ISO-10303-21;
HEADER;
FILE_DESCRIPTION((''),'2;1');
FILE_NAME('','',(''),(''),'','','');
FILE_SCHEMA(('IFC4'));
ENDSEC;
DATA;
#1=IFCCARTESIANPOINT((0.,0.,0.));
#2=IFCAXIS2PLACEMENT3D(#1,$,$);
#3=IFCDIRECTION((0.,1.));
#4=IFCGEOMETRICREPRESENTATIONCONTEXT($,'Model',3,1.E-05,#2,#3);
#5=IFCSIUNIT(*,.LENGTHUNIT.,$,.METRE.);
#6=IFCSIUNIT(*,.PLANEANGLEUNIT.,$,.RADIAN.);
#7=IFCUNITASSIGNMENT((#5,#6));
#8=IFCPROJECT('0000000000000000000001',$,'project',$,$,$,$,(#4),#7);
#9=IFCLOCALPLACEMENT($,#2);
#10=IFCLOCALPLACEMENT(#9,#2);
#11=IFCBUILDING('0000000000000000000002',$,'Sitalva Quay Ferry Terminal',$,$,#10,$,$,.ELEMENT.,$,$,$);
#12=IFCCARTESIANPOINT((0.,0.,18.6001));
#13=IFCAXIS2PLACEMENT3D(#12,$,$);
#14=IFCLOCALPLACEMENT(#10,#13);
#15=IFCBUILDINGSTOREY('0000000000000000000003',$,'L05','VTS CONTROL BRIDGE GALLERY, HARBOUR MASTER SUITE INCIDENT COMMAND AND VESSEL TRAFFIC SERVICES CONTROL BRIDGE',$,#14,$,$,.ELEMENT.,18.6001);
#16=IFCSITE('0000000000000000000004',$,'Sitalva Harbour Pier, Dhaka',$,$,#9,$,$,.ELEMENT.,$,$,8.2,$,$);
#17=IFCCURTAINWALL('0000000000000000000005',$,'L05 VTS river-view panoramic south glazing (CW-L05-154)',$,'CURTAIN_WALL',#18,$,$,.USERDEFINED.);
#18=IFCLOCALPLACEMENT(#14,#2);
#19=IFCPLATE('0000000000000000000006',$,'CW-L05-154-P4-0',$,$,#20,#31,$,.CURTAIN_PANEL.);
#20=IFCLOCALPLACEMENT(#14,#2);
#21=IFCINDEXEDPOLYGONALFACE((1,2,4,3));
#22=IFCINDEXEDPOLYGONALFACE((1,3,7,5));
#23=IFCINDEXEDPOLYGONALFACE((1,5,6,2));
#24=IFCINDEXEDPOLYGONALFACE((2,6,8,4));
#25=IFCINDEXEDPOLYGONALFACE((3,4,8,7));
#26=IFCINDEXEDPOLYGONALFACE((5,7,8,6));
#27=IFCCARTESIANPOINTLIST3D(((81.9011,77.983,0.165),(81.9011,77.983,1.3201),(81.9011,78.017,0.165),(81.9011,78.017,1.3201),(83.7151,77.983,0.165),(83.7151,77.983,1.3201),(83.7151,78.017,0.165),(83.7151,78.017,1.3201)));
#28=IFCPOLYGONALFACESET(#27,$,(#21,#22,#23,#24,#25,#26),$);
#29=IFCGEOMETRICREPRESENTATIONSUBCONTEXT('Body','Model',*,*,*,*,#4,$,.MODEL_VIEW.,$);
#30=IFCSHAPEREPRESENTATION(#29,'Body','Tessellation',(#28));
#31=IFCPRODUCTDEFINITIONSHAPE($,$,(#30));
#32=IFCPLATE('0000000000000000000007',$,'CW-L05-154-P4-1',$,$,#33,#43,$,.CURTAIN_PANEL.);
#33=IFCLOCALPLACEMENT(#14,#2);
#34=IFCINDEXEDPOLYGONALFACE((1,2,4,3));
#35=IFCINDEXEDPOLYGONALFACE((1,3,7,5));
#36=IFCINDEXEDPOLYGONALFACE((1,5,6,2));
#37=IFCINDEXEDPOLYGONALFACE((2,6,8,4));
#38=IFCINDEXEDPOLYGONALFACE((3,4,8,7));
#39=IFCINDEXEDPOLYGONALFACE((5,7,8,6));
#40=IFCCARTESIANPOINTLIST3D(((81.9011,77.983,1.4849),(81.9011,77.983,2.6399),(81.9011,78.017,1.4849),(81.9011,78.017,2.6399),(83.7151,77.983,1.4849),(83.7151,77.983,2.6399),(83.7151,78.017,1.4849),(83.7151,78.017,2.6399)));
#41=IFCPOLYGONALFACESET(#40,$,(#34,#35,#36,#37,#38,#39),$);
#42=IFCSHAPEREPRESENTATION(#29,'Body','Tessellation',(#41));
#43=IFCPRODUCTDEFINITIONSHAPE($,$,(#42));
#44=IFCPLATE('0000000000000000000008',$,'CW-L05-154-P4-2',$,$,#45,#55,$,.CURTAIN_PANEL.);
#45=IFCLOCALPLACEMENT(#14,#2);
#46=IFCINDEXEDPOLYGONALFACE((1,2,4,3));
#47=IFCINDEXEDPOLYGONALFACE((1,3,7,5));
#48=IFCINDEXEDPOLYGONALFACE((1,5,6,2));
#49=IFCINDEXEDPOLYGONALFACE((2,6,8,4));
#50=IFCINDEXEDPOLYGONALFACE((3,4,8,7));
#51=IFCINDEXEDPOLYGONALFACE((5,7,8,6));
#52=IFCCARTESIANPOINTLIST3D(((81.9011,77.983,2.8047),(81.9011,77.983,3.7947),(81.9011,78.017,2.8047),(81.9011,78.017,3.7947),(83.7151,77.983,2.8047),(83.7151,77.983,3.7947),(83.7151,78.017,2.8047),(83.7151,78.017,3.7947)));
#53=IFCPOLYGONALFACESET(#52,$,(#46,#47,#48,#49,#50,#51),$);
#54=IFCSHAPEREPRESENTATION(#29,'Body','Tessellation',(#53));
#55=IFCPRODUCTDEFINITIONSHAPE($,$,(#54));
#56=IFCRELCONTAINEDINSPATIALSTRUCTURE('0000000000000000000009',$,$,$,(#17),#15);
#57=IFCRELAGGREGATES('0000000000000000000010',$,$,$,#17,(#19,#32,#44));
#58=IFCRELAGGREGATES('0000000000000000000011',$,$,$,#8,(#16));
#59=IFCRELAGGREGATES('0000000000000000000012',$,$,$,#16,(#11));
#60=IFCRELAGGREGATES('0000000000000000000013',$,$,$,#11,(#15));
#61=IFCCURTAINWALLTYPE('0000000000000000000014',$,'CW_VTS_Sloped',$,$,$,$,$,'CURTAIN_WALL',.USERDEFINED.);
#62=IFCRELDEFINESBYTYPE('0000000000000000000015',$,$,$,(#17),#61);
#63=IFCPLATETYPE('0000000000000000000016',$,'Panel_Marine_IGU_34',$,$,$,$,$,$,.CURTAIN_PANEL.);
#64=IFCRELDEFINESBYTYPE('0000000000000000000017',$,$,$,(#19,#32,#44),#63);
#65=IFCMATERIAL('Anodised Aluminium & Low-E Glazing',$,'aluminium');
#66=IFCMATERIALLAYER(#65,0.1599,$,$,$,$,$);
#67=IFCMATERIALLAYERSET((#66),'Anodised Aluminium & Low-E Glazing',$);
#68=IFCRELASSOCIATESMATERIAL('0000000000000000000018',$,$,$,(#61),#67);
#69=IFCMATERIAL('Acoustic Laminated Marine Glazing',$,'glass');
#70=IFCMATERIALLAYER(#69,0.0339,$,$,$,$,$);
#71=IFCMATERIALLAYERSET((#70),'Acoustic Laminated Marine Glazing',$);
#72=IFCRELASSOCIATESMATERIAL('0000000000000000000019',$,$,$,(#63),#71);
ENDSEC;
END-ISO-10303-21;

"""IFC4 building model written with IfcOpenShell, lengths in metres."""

from ifc_helpers import new_model, si_unit, direction, frame, origin, origin_2d, place, context, subcontext, project, spatial, rectangle, extrude, material, layer, layer_set, type_object, element, aggregate, save


model = new_model("IFC4")

# Units and contexts
model_context = context("Model", 3, precision=1e-05, world=origin(), true_north=direction((0.0, 1.0)))
body_context = subcontext(model_context, "Body", "Model", "MODEL_VIEW")
ifc_project = project(units=[si_unit("LENGTHUNIT", "METRE"), si_unit("PLANEANGLEUNIT", "RADIAN")], contexts=[model_context])

# Site, building, storey
site_placement = place(None, origin())
site = spatial("IfcSite", under=ifc_project, at=site_placement, Name="Sitalva Harbour Pier, Dhaka", CompositionType="ELEMENT", RefElevation=8.2)
building_placement = place(site_placement, origin())
building = spatial("IfcBuilding", under=site, at=building_placement, Name="Sitalva Quay Ferry Terminal", CompositionType="ELEMENT")
storey_placement = place(building_placement, frame((0.0, 0.0, 18.6001)))
storey = spatial("IfcBuildingStorey", under=building, at=storey_placement, Name="L05", Description="VTS CONTROL BRIDGE GALLERY, HARBOUR MASTER SUITE INCIDENT COMMAND AND VESSEL TRAFFIC SERVICES CONTROL BRIDGE", CompositionType="ELEMENT", Elevation=18.6001)

# Curtain wall
ifc_material_1 = material(Name="Anodised Aluminium & Low-E Glazing", Category="aluminium")
ifc_layer_1 = layer(ifc_material_1, 0.1599)
ifc_layer_set_1 = layer_set([ifc_layer_1], Name="Anodised Aluminium & Low-E Glazing")
curtain_wall_type = type_object("IfcCurtainWallType", Name="CW_VTS_Sloped", ElementType="CURTAIN_WALL", PredefinedType="USERDEFINED", material=ifc_layer_set_1)
curtain_wall_1_placement = place(storey_placement, origin())
curtain_wall_1 = element("IfcCurtainWall", 1, at=curtain_wall_1_placement, inside=storey, type_object=curtain_wall_type, Name="L05 VTS river-view panoramic south glazing (CW-L05-154)", ObjectType="CURTAIN_WALL", PredefinedType="USERDEFINED")

# Plates
ifc_material_2 = material(Name="Acoustic Laminated Marine Glazing", Category="glass")
ifc_layer_2 = layer(ifc_material_2, 0.0339)
ifc_layer_set_2 = layer_set([ifc_layer_2], Name="Acoustic Laminated Marine Glazing")
plate_type = type_object("IfcPlateType", Name="Panel_Marine_IGU_34", PredefinedType="CURTAIN_PANEL", material=ifc_layer_set_2)
plate_1_placement = place(storey_placement, frame((82.8081, 78.0, 0.165), z_axis=(0.0, 0.0, 1.0), x_axis=(1.0, 0.0, 0.0)))
plate_1 = element("IfcPlate", 2, at=plate_1_placement, type_object=plate_type, Name="CW-L05-154-P4-0", PredefinedType="CURTAIN_PANEL", context=body_context, shape_type="SweptSolid", body=[
    extrude(rectangle(XDim=1.814, YDim=0.0339, at=origin_2d()), origin(), (0.0, 0.0, 1.0), 1.155),
])
plate_2_placement = place(storey_placement, frame((82.8081, 78.0, 1.4849), z_axis=(0.0, 0.0, 1.0), x_axis=(1.0, 0.0, 0.0)))
plate_2 = element("IfcPlate", 3, at=plate_2_placement, type_object=plate_type, Name="CW-L05-154-P4-1", PredefinedType="CURTAIN_PANEL", context=body_context, shape_type="SweptSolid", body=[
    extrude(rectangle(XDim=1.814, YDim=0.0339, at=origin_2d()), origin(), (0.0, 0.0, 1.0), 1.155),
])
plate_3_placement = place(storey_placement, frame((82.8081, 78.0, 2.8047), z_axis=(0.0, 0.0, 1.0), x_axis=(1.0, 0.0, 0.0)))
plate_3 = element("IfcPlate", 4, at=plate_3_placement, type_object=plate_type, Name="CW-L05-154-P4-2", PredefinedType="CURTAIN_PANEL", context=body_context, shape_type="SweptSolid", body=[
    extrude(rectangle(XDim=1.814, YDim=0.0339, at=origin_2d()), origin(), (0.0, 0.0, 1.0), 0.99),
])
aggregate(curtain_wall_1, [plate_1, plate_2, plate_3])

save(model, "model.ifc")
